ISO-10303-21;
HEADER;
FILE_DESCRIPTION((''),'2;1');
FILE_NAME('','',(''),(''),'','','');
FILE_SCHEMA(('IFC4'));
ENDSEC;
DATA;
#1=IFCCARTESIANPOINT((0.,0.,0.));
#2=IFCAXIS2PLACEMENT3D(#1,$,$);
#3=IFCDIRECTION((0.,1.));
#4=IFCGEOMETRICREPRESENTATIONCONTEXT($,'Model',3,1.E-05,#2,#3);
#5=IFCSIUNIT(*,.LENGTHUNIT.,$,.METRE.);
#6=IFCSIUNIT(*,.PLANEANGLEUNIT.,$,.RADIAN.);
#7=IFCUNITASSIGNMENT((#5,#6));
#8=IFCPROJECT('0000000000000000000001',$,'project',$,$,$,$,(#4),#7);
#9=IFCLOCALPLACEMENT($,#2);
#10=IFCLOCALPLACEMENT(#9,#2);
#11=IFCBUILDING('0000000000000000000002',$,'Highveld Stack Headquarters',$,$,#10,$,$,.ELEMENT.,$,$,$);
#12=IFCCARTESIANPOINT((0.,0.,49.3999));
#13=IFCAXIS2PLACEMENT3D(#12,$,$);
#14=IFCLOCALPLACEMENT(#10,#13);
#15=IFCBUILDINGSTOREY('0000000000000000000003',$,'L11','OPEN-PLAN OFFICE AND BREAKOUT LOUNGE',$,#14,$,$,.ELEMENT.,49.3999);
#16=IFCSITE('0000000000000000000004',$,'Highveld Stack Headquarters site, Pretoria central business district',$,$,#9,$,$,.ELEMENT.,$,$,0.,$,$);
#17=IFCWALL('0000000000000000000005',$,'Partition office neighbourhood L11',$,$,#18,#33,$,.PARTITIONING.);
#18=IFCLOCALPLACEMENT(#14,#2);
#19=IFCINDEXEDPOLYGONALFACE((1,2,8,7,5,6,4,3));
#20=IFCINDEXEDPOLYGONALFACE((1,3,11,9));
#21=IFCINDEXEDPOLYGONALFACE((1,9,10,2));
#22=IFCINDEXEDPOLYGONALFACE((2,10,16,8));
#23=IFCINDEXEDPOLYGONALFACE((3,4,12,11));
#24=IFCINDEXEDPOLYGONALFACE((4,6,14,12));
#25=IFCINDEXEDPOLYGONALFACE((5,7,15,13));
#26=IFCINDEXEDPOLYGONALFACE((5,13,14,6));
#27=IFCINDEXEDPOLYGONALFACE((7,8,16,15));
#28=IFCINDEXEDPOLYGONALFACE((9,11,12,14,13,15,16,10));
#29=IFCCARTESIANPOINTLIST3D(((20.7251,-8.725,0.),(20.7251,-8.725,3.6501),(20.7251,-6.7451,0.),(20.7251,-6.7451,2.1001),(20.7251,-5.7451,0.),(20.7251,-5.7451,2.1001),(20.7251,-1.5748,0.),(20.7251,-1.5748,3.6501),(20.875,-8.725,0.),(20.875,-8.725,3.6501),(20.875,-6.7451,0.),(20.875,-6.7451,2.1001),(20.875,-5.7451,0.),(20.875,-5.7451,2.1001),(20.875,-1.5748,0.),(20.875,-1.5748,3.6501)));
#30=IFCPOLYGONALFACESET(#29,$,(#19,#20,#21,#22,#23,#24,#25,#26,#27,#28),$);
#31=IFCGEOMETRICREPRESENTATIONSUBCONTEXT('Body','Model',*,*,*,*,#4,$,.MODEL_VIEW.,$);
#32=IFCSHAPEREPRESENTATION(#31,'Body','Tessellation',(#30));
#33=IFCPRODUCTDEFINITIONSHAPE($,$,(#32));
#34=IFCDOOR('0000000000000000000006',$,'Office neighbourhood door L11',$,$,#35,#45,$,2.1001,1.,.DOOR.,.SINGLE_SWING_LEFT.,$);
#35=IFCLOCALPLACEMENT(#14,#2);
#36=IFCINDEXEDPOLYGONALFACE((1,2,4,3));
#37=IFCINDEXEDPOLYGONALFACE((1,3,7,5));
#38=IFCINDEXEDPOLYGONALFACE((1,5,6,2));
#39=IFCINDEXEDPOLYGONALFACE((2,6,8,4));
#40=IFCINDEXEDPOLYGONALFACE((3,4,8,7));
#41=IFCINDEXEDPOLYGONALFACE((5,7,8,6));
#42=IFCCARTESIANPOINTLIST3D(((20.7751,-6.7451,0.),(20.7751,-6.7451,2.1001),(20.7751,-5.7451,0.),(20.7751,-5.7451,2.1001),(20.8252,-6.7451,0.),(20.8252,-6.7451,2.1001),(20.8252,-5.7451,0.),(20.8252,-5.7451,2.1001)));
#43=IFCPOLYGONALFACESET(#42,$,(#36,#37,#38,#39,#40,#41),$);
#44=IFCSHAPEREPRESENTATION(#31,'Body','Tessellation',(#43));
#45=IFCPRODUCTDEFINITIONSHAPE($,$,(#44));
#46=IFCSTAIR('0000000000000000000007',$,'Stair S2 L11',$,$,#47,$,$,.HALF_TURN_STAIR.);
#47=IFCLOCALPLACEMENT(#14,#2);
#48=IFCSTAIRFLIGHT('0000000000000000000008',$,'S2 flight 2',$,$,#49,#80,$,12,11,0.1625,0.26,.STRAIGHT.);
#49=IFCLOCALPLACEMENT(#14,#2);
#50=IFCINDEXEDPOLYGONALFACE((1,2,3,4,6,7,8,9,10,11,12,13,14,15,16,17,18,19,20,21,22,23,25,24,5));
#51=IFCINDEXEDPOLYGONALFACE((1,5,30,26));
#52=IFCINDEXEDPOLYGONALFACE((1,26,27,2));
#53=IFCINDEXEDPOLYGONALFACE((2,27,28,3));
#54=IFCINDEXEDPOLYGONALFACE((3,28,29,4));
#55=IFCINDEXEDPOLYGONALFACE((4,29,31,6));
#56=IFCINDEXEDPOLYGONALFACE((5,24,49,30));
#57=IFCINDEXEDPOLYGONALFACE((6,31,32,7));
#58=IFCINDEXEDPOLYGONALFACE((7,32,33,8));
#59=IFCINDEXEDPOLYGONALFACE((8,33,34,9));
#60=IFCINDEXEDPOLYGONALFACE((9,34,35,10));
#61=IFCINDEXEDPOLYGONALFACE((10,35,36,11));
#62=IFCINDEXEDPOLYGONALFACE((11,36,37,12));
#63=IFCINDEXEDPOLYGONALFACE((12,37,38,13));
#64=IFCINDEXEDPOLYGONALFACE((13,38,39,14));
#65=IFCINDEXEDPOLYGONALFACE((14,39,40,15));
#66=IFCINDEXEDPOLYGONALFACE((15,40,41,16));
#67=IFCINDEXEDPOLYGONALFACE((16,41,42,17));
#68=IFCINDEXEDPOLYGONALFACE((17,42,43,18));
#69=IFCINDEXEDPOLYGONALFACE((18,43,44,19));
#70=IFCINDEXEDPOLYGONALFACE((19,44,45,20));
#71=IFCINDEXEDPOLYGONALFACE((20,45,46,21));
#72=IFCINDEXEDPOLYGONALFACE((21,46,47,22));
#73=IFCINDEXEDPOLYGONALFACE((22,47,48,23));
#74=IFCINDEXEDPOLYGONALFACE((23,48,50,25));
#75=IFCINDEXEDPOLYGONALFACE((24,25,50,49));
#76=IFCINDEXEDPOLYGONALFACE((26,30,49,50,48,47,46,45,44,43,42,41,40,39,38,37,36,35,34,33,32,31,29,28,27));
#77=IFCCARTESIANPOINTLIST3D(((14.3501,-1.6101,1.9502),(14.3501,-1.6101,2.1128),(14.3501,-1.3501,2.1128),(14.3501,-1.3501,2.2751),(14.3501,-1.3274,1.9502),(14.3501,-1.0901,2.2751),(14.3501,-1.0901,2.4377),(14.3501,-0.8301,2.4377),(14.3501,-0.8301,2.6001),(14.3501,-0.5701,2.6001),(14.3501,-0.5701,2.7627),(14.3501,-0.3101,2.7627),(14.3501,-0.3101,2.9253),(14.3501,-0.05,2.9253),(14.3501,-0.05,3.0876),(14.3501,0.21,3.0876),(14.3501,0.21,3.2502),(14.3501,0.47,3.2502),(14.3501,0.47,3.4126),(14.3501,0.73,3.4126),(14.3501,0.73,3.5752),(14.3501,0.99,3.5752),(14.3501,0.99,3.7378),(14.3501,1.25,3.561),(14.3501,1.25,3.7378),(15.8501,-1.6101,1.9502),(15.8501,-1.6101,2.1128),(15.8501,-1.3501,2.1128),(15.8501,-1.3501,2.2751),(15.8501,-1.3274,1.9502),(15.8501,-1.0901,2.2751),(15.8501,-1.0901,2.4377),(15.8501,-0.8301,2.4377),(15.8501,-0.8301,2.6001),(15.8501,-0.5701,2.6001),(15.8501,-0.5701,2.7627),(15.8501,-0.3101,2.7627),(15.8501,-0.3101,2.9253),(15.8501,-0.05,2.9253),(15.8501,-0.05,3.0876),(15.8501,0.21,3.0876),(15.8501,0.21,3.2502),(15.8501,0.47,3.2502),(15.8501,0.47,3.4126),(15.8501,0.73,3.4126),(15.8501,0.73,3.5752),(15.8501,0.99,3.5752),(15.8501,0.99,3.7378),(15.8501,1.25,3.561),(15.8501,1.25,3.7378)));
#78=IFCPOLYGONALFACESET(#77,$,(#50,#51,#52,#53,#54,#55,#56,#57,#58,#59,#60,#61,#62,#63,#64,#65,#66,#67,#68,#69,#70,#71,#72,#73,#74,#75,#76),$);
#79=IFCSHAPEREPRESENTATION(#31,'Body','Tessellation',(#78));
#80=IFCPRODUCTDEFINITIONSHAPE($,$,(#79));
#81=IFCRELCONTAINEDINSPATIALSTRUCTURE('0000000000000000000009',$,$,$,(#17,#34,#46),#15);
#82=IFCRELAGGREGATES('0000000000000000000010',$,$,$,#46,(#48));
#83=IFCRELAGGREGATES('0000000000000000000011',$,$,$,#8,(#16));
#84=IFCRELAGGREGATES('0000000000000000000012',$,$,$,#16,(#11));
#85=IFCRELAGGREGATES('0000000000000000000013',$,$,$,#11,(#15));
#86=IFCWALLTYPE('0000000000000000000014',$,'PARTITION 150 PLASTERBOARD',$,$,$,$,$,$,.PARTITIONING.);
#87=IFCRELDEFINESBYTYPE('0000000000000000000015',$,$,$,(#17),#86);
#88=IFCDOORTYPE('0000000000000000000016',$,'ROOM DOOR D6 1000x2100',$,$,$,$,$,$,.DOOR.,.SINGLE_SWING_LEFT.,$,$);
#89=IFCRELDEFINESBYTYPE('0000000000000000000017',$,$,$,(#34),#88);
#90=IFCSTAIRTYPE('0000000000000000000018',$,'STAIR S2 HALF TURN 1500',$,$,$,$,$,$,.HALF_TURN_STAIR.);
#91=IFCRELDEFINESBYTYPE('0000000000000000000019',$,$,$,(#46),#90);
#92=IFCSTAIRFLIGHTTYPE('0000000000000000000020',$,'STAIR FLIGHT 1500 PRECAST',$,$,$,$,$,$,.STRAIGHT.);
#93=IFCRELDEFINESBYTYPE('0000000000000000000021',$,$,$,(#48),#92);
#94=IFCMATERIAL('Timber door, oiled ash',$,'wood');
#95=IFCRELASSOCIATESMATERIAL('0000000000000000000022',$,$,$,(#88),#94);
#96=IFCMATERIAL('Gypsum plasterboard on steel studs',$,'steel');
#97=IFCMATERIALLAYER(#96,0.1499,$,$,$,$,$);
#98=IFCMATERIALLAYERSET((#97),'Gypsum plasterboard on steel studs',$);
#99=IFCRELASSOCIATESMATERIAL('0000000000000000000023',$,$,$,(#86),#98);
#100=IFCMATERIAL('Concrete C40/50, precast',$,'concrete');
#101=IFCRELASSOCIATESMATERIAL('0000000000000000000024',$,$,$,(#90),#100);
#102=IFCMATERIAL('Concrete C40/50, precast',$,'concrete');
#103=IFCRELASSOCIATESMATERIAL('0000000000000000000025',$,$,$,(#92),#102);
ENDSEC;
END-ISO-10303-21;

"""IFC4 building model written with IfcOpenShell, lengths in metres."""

from ifc_helpers import new_model, si_unit, direction, frame, frame_2d, origin, place, context, subcontext, project, spatial, polyline, rectangle, outline, extrude, material, layer, layer_set, type_object, element, fill, aggregate, save


model = new_model("IFC4")

# Units and contexts
model_context = context("Model", 3, precision=1e-05, world=origin(), true_north=direction((0.0, 1.0)))
body_context = subcontext(model_context, "Body", "Model", "MODEL_VIEW")
ifc_project = project(units=[si_unit("LENGTHUNIT", "METRE"), si_unit("PLANEANGLEUNIT", "RADIAN")], contexts=[model_context])

# Site, building, storey
site_placement = place(None, origin())
site = spatial("IfcSite", under=ifc_project, at=site_placement, Name="Highveld Stack Headquarters site, Pretoria central business district", CompositionType="ELEMENT", RefElevation=0.0)
building_placement = place(site_placement, origin())
building = spatial("IfcBuilding", under=site, at=building_placement, Name="Highveld Stack Headquarters", CompositionType="ELEMENT")
storey_placement = place(building_placement, frame((0.0, 0.0, 49.3999)))
storey = spatial("IfcBuildingStorey", under=building, at=storey_placement, Name="L11", Description="OPEN-PLAN OFFICE AND BREAKOUT LOUNGE", CompositionType="ELEMENT", Elevation=49.3999)

# Shared definitions
ifc_material_1 = material(Name="Timber door, oiled ash", Category="wood")
door_type_1 = type_object("IfcDoorType", Name="ROOM DOOR D6 1000x2100", OperationType="SINGLE_SWING_LEFT", PredefinedType="DOOR", material=ifc_material_1)

# Shared definitions
ifc_material_2 = material(Name="Gypsum plasterboard on steel studs", Category="steel")
ifc_layer_1 = layer(ifc_material_2, 0.1499)
ifc_layer_set_1 = layer_set([ifc_layer_1], Name="Gypsum plasterboard on steel studs")
wall_type_1 = type_object("IfcWallType", Name="PARTITION 150 PLASTERBOARD", PredefinedType="PARTITIONING", material=ifc_layer_set_1)

# Wall, opening, door
wall_1_placement = place(storey_placement, frame((20.8, -8.7251, 0.0), z_axis=(0.0, 0.0, 1.0), x_axis=(0.0, 1.0, 0.0)))
wall_1 = element("IfcWall", 1, at=wall_1_placement, inside=storey, type_object=wall_type_1, Name="Partition office neighbourhood L11", PredefinedType="PARTITIONING", context=body_context, shape_type="SweptSolid", body=[
    extrude(rectangle(XDim=7.1501, YDim=0.1499, at=frame_2d((3.5752, 0.0))), origin(), (0.0, 0.0, 1.0), 3.6501),
])
opening_1_placement = place(wall_1_placement, frame((1.98, 0.0, 0.0)))
opening_1 = element("IfcOpeningElement", 2, at=opening_1_placement, cuts=wall_1, PredefinedType="OPENING", context=body_context, shape_type="SweptSolid", body=[
    extrude(rectangle(XDim=1.0, YDim=2.1001, at=frame_2d((0.5, 1.05))), frame((0.0, 0.085, 0.0), z_axis=(0.0, -1.0, 0.0), x_axis=(1.0, 0.0, 0.0)), (0.0, 0.0, 1.0), 0.1699),
])
door_1_placement = place(opening_1_placement, origin())
door_1 = element("IfcDoor", 3, at=door_1_placement, inside=storey, type_object=door_type_1, Name="Office neighbourhood door L11", OperationType="SINGLE_SWING_LEFT", OverallHeight=2.1001, OverallWidth=1.0, PredefinedType="DOOR", context=body_context, shape_type="SweptSolid", body=[
    extrude(rectangle(XDim=1.0, YDim=2.1001, at=frame_2d((0.5, 1.05))), frame((0.0, 0.0249, 0.0), z_axis=(0.0, -1.0, 0.0), x_axis=(1.0, 0.0, 0.0)), (0.0, 0.0, 1.0), 0.05),
])
fill(opening_1, door_1)

# Stair, stair flight
ifc_material_3 = material(Name="Concrete C40/50, precast", Category="concrete")
stair_type = type_object("IfcStairType", Name="STAIR S2 HALF TURN 1500", PredefinedType="HALF_TURN_STAIR", material=ifc_material_3)
stair_placement = place(storey_placement, origin())
stair = element("IfcStair", 4, at=stair_placement, inside=storey, type_object=stair_type, Name="Stair S2 L11", PredefinedType="HALF_TURN_STAIR")
ifc_material_4 = material(Name="Concrete C40/50, precast", Category="concrete")
stair_flight_type = type_object("IfcStairFlightType", Name="STAIR FLIGHT 1500 PRECAST", PredefinedType="STRAIGHT", material=ifc_material_4)
stair_flight_placement = place(storey_placement, frame((15.1001, -1.6101, 1.9502), z_axis=(0.0, 0.0, 1.0), x_axis=(0.0, 1.0, 0.0)))
stair_flight = element("IfcStairFlight", 5, at=stair_flight_placement, type_object=stair_flight_type, Name="S2 flight 2", NumberOfRisers=12, NumberOfTreads=11, PredefinedType="STRAIGHT", RiserHeight=0.1625, TreadLength=0.26, context=body_context, shape_type="SweptSolid", body=[
    extrude(outline(polyline([(0.0, 0.0), (0.0, 0.1626), (0.26, 0.1626), (0.26, 0.325), (0.52, 0.325), (0.52, 0.4875), (0.78, 0.4875), (0.78, 0.6499), (1.04, 0.6499), (1.04, 0.8125), (1.3, 0.8125), (1.3, 0.9751), (1.5601, 0.9751), (1.5601, 1.1375), (1.8201, 1.1375), (1.8201, 1.3), (2.0801, 1.3), (2.0801, 1.4624), (2.3401, 1.4624), (2.3401, 1.625), (2.6001, 1.625), (2.6001, 1.7876), (2.8601, 1.7876), (2.8601, 1.95), (2.8601, 1.6108), (0.2827, 0.0), (0.0, 0.0)])), frame((0.0, 0.75, 0.0), z_axis=(0.0, -1.0, 0.0), x_axis=(1.0, 0.0, 0.0)), (0.0, 0.0, 1.0), 1.5),
])
aggregate(stair, [stair_flight])

save(model, "model.ifc")
